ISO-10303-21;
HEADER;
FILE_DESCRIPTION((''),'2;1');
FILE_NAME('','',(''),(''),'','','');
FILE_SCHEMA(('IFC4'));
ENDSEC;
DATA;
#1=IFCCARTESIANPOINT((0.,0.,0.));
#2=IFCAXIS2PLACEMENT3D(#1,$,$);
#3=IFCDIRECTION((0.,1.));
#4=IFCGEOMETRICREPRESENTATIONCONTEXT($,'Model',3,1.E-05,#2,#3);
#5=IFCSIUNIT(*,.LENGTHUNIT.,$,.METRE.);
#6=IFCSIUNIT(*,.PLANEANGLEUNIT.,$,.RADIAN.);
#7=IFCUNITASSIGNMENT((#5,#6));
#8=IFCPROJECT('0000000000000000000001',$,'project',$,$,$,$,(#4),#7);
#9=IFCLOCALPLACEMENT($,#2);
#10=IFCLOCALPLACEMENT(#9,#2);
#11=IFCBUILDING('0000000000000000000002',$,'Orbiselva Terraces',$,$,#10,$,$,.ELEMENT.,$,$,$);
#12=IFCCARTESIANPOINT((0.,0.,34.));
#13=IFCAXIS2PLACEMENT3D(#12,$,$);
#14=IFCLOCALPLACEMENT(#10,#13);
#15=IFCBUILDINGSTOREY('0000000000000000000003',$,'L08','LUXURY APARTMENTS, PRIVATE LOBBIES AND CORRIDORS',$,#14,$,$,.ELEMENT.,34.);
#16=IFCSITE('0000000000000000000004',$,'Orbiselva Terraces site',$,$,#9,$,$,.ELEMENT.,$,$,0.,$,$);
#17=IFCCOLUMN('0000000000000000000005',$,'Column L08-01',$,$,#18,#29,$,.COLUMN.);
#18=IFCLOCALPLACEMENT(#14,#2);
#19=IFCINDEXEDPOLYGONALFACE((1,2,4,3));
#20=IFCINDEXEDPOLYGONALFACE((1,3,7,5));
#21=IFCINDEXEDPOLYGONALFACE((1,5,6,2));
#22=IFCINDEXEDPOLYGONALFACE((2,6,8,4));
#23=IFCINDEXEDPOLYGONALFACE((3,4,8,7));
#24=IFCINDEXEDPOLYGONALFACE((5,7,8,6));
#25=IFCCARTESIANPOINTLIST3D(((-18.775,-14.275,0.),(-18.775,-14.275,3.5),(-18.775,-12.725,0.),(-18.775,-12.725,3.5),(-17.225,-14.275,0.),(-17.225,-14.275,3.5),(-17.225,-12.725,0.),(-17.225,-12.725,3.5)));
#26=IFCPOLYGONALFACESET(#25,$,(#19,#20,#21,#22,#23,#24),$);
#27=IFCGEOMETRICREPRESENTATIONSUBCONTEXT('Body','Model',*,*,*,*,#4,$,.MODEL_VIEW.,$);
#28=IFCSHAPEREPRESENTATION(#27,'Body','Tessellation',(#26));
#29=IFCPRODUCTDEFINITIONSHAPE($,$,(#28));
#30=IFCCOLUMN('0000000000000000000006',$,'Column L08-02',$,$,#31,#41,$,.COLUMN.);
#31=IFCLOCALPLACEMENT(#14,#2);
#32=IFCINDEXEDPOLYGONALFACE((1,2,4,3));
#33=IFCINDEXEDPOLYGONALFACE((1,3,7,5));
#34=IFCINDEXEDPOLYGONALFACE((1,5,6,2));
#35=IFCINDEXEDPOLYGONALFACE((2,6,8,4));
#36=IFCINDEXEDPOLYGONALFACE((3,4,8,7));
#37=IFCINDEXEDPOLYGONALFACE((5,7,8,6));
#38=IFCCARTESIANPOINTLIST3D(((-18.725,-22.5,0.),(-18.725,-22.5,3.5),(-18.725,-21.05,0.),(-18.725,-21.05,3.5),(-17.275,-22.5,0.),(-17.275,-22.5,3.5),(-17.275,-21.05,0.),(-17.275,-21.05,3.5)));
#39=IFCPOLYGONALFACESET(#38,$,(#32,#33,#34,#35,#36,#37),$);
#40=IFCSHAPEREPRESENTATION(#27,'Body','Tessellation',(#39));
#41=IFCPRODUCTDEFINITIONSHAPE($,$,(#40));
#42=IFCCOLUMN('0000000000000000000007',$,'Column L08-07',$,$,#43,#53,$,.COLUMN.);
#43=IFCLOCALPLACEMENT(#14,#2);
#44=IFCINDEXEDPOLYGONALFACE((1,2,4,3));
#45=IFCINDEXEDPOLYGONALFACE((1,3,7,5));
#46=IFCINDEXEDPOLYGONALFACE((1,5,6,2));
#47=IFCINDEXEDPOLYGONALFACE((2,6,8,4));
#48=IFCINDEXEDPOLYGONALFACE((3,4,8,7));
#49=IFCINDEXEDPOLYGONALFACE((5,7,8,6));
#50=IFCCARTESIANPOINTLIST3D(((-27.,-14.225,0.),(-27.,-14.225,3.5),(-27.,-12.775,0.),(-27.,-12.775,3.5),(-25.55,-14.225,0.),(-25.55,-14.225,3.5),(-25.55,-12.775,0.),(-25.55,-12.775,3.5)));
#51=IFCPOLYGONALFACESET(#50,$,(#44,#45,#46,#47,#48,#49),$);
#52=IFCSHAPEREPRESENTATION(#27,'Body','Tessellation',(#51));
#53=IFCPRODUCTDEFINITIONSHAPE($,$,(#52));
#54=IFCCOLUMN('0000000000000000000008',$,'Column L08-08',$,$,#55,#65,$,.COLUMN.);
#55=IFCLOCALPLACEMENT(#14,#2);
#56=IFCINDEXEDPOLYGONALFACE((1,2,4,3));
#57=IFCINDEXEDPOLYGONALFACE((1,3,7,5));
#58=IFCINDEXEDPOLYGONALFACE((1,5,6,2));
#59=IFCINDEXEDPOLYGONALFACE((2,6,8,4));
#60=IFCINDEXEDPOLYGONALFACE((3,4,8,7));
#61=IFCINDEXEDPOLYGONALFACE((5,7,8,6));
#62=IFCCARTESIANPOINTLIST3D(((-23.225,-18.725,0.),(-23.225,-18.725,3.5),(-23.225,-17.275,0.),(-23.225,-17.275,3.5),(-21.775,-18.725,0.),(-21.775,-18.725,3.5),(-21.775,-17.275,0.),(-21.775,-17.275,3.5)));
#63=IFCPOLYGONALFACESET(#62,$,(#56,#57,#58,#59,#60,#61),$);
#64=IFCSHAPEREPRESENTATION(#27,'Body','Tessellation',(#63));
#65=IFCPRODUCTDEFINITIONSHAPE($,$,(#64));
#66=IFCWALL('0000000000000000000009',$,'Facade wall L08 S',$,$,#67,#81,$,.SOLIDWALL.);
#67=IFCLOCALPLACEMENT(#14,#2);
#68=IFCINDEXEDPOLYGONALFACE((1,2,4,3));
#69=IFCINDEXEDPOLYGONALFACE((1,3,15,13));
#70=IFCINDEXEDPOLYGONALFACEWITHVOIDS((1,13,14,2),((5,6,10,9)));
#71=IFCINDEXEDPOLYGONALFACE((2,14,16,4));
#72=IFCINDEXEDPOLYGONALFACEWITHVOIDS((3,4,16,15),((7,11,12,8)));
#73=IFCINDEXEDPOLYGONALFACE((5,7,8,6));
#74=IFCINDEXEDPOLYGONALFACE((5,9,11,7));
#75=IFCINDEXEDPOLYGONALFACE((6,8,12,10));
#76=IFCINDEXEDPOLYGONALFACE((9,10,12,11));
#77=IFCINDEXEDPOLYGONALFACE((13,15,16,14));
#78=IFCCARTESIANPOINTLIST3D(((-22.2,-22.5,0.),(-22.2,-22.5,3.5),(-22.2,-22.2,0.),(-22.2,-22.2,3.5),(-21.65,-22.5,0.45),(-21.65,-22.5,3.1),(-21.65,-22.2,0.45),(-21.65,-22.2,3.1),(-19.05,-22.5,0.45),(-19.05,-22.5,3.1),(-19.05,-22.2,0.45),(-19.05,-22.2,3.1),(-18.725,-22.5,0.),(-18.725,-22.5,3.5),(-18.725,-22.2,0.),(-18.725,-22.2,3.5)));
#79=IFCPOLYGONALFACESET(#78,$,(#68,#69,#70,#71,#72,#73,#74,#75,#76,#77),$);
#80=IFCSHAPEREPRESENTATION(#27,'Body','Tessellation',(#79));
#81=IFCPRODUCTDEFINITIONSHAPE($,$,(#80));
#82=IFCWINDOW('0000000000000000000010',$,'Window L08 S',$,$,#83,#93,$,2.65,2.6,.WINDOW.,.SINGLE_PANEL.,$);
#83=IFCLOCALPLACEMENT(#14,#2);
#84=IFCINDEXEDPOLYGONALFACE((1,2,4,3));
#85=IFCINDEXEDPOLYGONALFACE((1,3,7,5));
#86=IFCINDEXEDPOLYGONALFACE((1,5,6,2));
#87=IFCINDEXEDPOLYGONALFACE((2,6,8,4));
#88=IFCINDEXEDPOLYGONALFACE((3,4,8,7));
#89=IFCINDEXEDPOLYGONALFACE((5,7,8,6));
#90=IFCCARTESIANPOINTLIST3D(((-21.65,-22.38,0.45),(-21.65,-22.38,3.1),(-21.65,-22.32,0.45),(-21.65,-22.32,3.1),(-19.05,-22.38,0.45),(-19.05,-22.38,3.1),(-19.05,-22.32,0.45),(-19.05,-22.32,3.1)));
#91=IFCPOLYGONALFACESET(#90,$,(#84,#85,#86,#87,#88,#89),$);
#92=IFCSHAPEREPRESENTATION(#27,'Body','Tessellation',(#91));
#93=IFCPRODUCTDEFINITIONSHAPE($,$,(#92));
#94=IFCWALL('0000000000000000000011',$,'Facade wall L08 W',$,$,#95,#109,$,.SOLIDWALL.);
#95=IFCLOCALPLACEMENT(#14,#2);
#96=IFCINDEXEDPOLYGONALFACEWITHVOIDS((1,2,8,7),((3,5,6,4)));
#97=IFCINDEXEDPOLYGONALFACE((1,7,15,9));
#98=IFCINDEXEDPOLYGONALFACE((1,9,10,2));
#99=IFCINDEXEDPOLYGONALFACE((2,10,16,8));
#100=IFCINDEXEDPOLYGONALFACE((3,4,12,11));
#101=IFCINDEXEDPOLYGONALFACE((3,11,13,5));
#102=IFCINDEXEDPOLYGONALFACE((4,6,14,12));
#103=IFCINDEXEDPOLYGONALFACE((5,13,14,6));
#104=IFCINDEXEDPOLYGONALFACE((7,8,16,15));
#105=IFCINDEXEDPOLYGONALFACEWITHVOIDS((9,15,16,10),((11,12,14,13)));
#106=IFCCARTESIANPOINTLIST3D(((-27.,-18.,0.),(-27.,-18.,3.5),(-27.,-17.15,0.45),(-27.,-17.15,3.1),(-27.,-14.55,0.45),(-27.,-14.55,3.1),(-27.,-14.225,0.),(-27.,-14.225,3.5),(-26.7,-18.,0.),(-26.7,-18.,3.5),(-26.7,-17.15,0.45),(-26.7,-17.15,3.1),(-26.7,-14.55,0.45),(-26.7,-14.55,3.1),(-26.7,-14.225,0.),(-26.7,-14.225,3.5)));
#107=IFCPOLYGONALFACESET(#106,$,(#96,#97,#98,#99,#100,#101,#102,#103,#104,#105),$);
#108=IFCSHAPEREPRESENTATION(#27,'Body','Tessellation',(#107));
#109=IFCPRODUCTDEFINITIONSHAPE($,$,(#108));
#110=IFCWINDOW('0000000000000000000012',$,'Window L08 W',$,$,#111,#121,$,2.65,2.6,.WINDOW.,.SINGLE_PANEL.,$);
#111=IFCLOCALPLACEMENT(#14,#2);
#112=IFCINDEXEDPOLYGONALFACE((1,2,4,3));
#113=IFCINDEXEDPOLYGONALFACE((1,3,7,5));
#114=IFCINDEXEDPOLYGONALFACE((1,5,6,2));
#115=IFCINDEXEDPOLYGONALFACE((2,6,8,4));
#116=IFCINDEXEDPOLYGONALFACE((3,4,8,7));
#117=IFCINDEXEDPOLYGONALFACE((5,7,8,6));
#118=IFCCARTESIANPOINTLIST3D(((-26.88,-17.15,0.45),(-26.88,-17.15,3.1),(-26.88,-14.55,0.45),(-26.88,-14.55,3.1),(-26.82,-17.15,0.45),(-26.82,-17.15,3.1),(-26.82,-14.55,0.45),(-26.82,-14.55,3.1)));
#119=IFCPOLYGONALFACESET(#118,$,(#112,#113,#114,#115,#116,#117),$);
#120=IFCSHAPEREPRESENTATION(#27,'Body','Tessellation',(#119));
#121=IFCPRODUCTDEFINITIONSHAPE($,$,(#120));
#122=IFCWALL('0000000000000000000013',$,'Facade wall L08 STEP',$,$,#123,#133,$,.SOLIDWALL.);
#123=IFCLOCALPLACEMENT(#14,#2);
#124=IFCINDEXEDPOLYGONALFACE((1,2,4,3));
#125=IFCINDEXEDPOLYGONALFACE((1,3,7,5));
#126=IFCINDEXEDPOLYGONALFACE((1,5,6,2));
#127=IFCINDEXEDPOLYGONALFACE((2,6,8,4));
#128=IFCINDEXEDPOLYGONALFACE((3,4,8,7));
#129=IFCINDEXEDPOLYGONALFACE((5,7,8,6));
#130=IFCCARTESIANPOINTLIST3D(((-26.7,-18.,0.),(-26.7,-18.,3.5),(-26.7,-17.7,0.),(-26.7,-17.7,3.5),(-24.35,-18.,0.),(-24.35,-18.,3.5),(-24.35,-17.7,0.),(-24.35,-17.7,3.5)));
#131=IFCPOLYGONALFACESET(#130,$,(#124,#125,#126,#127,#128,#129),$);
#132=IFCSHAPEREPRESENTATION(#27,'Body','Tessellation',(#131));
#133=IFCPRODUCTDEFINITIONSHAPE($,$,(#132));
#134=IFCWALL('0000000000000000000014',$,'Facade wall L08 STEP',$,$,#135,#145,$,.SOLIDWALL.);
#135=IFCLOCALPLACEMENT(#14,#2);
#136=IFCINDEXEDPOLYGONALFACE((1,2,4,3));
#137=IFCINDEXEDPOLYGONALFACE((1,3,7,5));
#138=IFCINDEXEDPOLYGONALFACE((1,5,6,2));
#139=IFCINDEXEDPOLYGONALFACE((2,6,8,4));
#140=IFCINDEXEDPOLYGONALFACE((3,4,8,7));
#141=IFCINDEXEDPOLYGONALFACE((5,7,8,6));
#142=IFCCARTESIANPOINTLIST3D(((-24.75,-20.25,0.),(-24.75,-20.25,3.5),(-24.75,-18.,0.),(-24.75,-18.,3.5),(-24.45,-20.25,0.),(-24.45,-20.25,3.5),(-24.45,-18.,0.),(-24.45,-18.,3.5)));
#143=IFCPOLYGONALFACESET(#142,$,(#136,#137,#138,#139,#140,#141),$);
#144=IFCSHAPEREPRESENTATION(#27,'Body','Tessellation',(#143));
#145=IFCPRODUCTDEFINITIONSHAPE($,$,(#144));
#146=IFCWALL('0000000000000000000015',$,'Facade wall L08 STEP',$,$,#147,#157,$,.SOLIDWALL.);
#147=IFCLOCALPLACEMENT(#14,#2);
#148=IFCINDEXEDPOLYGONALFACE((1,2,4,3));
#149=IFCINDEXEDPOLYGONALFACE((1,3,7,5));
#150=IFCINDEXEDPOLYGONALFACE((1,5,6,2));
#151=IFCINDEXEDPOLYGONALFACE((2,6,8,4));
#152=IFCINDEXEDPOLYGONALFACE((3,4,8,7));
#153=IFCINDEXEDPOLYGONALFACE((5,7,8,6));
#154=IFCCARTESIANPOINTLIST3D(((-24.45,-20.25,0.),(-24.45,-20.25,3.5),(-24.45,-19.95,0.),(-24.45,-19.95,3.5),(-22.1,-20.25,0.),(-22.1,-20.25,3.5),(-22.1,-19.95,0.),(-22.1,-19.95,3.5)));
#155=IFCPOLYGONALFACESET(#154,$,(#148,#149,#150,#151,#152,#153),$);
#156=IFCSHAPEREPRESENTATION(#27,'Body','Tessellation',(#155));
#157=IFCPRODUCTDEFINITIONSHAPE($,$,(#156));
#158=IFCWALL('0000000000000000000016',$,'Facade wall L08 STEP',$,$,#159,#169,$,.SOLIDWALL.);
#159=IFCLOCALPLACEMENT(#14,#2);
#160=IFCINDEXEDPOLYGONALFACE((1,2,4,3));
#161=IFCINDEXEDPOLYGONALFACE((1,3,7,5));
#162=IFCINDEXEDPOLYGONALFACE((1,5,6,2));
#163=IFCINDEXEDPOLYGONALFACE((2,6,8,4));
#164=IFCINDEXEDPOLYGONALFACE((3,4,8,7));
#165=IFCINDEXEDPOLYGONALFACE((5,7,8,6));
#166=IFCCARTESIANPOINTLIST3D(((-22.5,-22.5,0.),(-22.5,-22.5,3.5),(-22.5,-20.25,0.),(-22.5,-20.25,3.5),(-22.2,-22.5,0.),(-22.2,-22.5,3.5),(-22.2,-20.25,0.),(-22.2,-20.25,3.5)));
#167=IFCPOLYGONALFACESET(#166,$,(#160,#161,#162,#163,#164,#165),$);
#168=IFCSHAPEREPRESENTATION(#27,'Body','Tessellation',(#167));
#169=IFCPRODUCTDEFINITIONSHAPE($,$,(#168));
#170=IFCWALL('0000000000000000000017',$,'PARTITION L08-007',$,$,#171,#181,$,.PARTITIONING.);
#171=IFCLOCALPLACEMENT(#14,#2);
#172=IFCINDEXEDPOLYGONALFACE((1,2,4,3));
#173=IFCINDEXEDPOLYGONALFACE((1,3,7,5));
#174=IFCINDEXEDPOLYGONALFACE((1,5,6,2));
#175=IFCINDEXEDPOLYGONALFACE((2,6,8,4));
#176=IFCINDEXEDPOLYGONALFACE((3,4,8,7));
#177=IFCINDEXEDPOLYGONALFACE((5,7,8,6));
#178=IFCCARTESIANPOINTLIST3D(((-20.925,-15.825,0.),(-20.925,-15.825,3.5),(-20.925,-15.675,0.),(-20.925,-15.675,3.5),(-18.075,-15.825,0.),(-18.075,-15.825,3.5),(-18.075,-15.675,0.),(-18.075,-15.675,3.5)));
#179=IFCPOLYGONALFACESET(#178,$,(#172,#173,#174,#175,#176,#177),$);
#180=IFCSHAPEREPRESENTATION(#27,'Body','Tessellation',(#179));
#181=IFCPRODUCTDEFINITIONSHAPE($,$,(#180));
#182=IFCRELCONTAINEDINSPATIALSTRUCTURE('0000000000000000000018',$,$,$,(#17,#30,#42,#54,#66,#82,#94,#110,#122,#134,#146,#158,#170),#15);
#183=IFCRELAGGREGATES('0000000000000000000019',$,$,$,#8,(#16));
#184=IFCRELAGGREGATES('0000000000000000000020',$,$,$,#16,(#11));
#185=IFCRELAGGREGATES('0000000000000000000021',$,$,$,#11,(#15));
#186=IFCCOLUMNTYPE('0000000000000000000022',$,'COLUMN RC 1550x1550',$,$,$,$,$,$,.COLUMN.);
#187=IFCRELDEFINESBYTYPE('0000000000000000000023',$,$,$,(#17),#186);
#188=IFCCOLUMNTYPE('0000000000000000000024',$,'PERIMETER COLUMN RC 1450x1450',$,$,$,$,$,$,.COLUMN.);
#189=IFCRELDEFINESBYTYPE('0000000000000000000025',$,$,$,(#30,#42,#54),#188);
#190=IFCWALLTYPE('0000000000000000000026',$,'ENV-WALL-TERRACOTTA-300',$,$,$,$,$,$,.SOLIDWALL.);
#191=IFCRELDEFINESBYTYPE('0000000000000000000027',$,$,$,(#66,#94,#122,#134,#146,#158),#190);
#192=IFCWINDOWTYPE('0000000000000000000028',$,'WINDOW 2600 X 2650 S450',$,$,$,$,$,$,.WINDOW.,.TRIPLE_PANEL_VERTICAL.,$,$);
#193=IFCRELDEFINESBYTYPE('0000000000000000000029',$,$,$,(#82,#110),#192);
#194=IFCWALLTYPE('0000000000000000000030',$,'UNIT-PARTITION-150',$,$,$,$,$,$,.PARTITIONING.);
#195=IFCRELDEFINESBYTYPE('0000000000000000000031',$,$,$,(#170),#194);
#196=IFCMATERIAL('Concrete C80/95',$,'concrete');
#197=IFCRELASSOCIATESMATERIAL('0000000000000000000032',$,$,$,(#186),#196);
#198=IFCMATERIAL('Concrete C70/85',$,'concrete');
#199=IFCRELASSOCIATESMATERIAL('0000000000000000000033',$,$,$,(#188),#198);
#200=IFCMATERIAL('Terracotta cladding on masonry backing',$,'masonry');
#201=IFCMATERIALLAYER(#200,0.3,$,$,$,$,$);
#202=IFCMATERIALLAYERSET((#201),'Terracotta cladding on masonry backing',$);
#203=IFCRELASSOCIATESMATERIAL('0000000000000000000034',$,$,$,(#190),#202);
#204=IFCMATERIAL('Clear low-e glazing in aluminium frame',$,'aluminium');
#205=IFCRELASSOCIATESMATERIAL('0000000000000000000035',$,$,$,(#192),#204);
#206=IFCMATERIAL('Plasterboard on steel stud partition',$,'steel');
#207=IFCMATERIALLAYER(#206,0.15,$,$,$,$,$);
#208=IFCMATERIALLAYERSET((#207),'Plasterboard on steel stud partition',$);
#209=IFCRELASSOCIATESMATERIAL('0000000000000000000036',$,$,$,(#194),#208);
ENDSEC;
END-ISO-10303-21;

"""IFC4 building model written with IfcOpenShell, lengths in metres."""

from ifc_helpers import new_model, si_unit, direction, frame, frame_2d, origin, origin_2d, place, context, subcontext, project, spatial, rectangle, extrude, material, layer, layer_set, material_profile, profile_set, type_object, element, fill, save


model = new_model("IFC4")

# Units and contexts
model_context = context("Model", 3, precision=1e-05, world=origin(), true_north=direction((0.0, 1.0)))
body_context = subcontext(model_context, "Body", "Model", "MODEL_VIEW")
ifc_project = project(units=[si_unit("LENGTHUNIT", "METRE"), si_unit("PLANEANGLEUNIT", "RADIAN")], contexts=[model_context])

# Site, building, storey
site_placement = place(None, origin())
site = spatial("IfcSite", under=ifc_project, at=site_placement, Name="Orbiselva Terraces site", CompositionType="ELEMENT", RefElevation=0.0)
building_placement = place(site_placement, origin())
building = spatial("IfcBuilding", under=site, at=building_placement, Name="Orbiselva Terraces", CompositionType="ELEMENT")
storey_placement = place(building_placement, frame((0.0, 0.0, 34.0)))
storey = spatial("IfcBuildingStorey", under=building, at=storey_placement, Name="L08", Description="LUXURY APARTMENTS, PRIVATE LOBBIES AND CORRIDORS", CompositionType="ELEMENT", Elevation=34.0)

# Columns
ifc_material_1 = material(Name="Concrete C80/95", Category="concrete")
ifc_material_profile_1 = material_profile(ifc_material_1, rectangle(XDim=1.55, YDim=1.55, at=origin_2d()), Name="RC 1550x1550")
ifc_profile_set_1 = profile_set([ifc_material_profile_1], Name="Concrete C80/95")
column_type_1 = type_object("IfcColumnType", Name="COLUMN RC 1550x1550", PredefinedType="COLUMN", material=ifc_profile_set_1)
column_placement = place(storey_placement, frame((-18.0, -13.5, 0.0), z_axis=(0.0, 0.0, 1.0), x_axis=(1.0, 0.0, 0.0)))
element("IfcColumn", 1, at=column_placement, inside=storey, type_object=column_type_1, Name="Column L08-01", PredefinedType="COLUMN", context=body_context, shape_type="SweptSolid", body=[
    extrude(rectangle(XDim=1.55, YDim=1.55, at=origin_2d()), origin(), (0.0, 0.0, 1.0), 3.5),
])
ifc_material_2 = material(Name="Concrete C70/85", Category="concrete")
ifc_material_profile_2 = material_profile(ifc_material_2, rectangle(XDim=1.45, YDim=1.45, at=origin_2d()), Name="RC 1450x1450")
ifc_profile_set_2 = profile_set([ifc_material_profile_2], Name="Concrete C70/85")
column_type_2 = type_object("IfcColumnType", Name="PERIMETER COLUMN RC 1450x1450", PredefinedType="COLUMN", material=ifc_profile_set_2)
for number, where, z_axis, x_axis, name in (
    (2, (-18.0, -21.775, 0.0), (0.0, 0.0, 1.0), (1.0, 0.0, 0.0), "Column L08-02"),
    (3, (-26.275, -13.5, 0.0), (0.0, 0.0, 1.0), (1.0, 0.0, 0.0), "Column L08-07"),
    (4, (-22.5, -18.0, 0.0), (0.0, 0.0, 1.0), (1.0, 0.0, 0.0), "Column L08-08"),
):
    element("IfcColumn", number, at=place(storey_placement, frame(where, z_axis=z_axis, x_axis=x_axis)), inside=storey, type_object=column_type_2, Name=name, PredefinedType="COLUMN", context=body_context, shape_type="SweptSolid", body=[
        extrude(rectangle(XDim=1.45, YDim=1.45, at=origin_2d()), origin(), (0.0, 0.0, 1.0), 3.5),
    ])

# Walls, openings, windows
ifc_material_3 = material(Name="Terracotta cladding on masonry backing", Category="masonry")
ifc_layer_1 = layer(ifc_material_3, 0.3)
ifc_layer_set_1 = layer_set([ifc_layer_1], Name="Terracotta cladding on masonry backing")
wall_type_1 = type_object("IfcWallType", Name="ENV-WALL-TERRACOTTA-300", PredefinedType="SOLIDWALL", material=ifc_layer_set_1)
wall_1_placement = place(storey_placement, frame((-18.725, -22.35, 0.0), z_axis=(0.0, 0.0, 1.0), x_axis=(-1.0, 0.0, 0.0)))
wall_1 = element("IfcWall", 5, at=wall_1_placement, inside=storey, type_object=wall_type_1, Name="Facade wall L08 S", PredefinedType="SOLIDWALL", context=body_context, shape_type="SweptSolid", body=[
    extrude(rectangle(XDim=3.475, YDim=0.3, at=frame_2d((1.7375, 0.0))), origin(), (0.0, 0.0, 1.0), 3.5),
])
opening_1_placement = place(wall_1_placement, frame((0.325, 0.0, 0.45)))
opening_1 = element("IfcOpeningElement", 6, at=opening_1_placement, cuts=wall_1, PredefinedType="OPENING", context=body_context, shape_type="SweptSolid", body=[
    extrude(rectangle(XDim=2.6, YDim=2.65, at=frame_2d((1.3, 1.325))), frame((0.0, 0.16, 0.0), z_axis=(0.0, -1.0, 0.0), x_axis=(1.0, 0.0, 0.0)), (0.0, 0.0, 1.0), 0.32),
])
ifc_material_4 = material(Name="Clear low-e glazing in aluminium frame", Category="aluminium")
window_type = type_object("IfcWindowType", Name="WINDOW 2600 X 2650 S450", PartitioningType="TRIPLE_PANEL_VERTICAL", PredefinedType="WINDOW", material=ifc_material_4)
window_1_placement = place(opening_1_placement, origin())
window_1 = element("IfcWindow", 7, at=window_1_placement, inside=storey, type_object=window_type, Name="Window L08 S", OverallHeight=2.65, OverallWidth=2.6, PartitioningType="SINGLE_PANEL", PredefinedType="WINDOW", context=body_context, shape_type="SweptSolid", body=[
    extrude(rectangle(XDim=2.6, YDim=2.65, at=frame_2d((1.3, 1.325))), frame((0.0, 0.03, 0.0), z_axis=(0.0, -1.0, 0.0), x_axis=(1.0, 0.0, 0.0)), (0.0, 0.0, 1.0), 0.06),
])
fill(opening_1, window_1)
wall_2_placement = place(storey_placement, frame((-26.85, -18.0, 0.0), z_axis=(0.0, 0.0, 1.0), x_axis=(0.0, 1.0, 0.0)))
wall_2 = element("IfcWall", 8, at=wall_2_placement, inside=storey, type_object=wall_type_1, Name="Facade wall L08 W", PredefinedType="SOLIDWALL", context=body_context, shape_type="SweptSolid", body=[
    extrude(rectangle(XDim=3.775, YDim=0.3, at=frame_2d((1.8875, 0.0))), origin(), (0.0, 0.0, 1.0), 3.5),
])
opening_2_placement = place(wall_2_placement, frame((0.85, 0.0, 0.45)))
opening_2 = element("IfcOpeningElement", 9, at=opening_2_placement, cuts=wall_2, PredefinedType="OPENING", context=body_context, shape_type="SweptSolid", body=[
    extrude(rectangle(XDim=2.6, YDim=2.65, at=frame_2d((1.3, 1.325))), frame((0.0, 0.16, 0.0), z_axis=(0.0, -1.0, 0.0), x_axis=(1.0, 0.0, 0.0)), (0.0, 0.0, 1.0), 0.32),
])
window_2_placement = place(opening_2_placement, origin())
window_2 = element("IfcWindow", 10, at=window_2_placement, inside=storey, type_object=window_type, Name="Window L08 W", OverallHeight=2.65, OverallWidth=2.6, PartitioningType="SINGLE_PANEL", PredefinedType="WINDOW", context=body_context, shape_type="SweptSolid", body=[
    extrude(rectangle(XDim=2.6, YDim=2.65, at=frame_2d((1.3, 1.325))), frame((0.0, 0.03, 0.0), z_axis=(0.0, -1.0, 0.0), x_axis=(1.0, 0.0, 0.0)), (0.0, 0.0, 1.0), 0.06),
])
fill(opening_2, window_2)

# Walls
wall_3_placement = place(storey_placement, frame((-24.35, -17.85, 0.0), z_axis=(0.0, 0.0, 1.0), x_axis=(-1.0, 0.0, 0.0)))
element("IfcWall", 11, at=wall_3_placement, inside=storey, type_object=wall_type_1, Name="Facade wall L08 STEP", PredefinedType="SOLIDWALL", context=body_context, shape_type="SweptSolid", body=[
    extrude(rectangle(XDim=2.35, YDim=0.3, at=frame_2d((1.175, 0.0))), origin(), (0.0, 0.0, 1.0), 3.5),
])
wall_4_placement = place(storey_placement, frame((-24.6, -20.25, 0.0), z_axis=(0.0, 0.0, 1.0), x_axis=(0.0, 1.0, 0.0)))
element("IfcWall", 12, at=wall_4_placement, inside=storey, type_object=wall_type_1, Name="Facade wall L08 STEP", PredefinedType="SOLIDWALL", context=body_context, shape_type="SweptSolid", body=[
    extrude(rectangle(XDim=2.25, YDim=0.3, at=frame_2d((1.125, 0.0))), origin(), (0.0, 0.0, 1.0), 3.5),
])
wall_5_placement = place(storey_placement, frame((-22.1, -20.1, 0.0), z_axis=(0.0, 0.0, 1.0), x_axis=(-1.0, 0.0, 0.0)))
element("IfcWall", 13, at=wall_5_placement, inside=storey, type_object=wall_type_1, Name="Facade wall L08 STEP", PredefinedType="SOLIDWALL", context=body_context, shape_type="SweptSolid", body=[
    extrude(rectangle(XDim=2.35, YDim=0.3, at=frame_2d((1.175, 0.0))), origin(), (0.0, 0.0, 1.0), 3.5),
])
wall_6_placement = place(storey_placement, frame((-22.35, -22.5, 0.0), z_axis=(0.0, 0.0, 1.0), x_axis=(0.0, 1.0, 0.0)))
element("IfcWall", 14, at=wall_6_placement, inside=storey, type_object=wall_type_1, Name="Facade wall L08 STEP", PredefinedType="SOLIDWALL", context=body_context, shape_type="SweptSolid", body=[
    extrude(rectangle(XDim=2.25, YDim=0.3, at=frame_2d((1.125, 0.0))), origin(), (0.0, 0.0, 1.0), 3.5),
])
ifc_material_5 = material(Name="Plasterboard on steel stud partition", Category="steel")
ifc_layer_2 = layer(ifc_material_5, 0.15)
ifc_layer_set_2 = layer_set([ifc_layer_2], Name="Plasterboard on steel stud partition")
wall_type_2 = type_object("IfcWallType", Name="UNIT-PARTITION-150", PredefinedType="PARTITIONING", material=ifc_layer_set_2)
wall_7_placement = place(storey_placement, frame((-20.925, -15.75, 0.0), z_axis=(0.0, 0.0, 1.0), x_axis=(1.0, 0.0, 0.0)))
element("IfcWall", 15, at=wall_7_placement, inside=storey, type_object=wall_type_2, Name="PARTITION L08-007", PredefinedType="PARTITIONING", context=body_context, shape_type="SweptSolid", body=[
    extrude(rectangle(XDim=2.85, YDim=0.15, at=frame_2d((1.425, 0.0))), origin(), (0.0, 0.0, 1.0), 3.5),
])

save(model, "model.ifc")
